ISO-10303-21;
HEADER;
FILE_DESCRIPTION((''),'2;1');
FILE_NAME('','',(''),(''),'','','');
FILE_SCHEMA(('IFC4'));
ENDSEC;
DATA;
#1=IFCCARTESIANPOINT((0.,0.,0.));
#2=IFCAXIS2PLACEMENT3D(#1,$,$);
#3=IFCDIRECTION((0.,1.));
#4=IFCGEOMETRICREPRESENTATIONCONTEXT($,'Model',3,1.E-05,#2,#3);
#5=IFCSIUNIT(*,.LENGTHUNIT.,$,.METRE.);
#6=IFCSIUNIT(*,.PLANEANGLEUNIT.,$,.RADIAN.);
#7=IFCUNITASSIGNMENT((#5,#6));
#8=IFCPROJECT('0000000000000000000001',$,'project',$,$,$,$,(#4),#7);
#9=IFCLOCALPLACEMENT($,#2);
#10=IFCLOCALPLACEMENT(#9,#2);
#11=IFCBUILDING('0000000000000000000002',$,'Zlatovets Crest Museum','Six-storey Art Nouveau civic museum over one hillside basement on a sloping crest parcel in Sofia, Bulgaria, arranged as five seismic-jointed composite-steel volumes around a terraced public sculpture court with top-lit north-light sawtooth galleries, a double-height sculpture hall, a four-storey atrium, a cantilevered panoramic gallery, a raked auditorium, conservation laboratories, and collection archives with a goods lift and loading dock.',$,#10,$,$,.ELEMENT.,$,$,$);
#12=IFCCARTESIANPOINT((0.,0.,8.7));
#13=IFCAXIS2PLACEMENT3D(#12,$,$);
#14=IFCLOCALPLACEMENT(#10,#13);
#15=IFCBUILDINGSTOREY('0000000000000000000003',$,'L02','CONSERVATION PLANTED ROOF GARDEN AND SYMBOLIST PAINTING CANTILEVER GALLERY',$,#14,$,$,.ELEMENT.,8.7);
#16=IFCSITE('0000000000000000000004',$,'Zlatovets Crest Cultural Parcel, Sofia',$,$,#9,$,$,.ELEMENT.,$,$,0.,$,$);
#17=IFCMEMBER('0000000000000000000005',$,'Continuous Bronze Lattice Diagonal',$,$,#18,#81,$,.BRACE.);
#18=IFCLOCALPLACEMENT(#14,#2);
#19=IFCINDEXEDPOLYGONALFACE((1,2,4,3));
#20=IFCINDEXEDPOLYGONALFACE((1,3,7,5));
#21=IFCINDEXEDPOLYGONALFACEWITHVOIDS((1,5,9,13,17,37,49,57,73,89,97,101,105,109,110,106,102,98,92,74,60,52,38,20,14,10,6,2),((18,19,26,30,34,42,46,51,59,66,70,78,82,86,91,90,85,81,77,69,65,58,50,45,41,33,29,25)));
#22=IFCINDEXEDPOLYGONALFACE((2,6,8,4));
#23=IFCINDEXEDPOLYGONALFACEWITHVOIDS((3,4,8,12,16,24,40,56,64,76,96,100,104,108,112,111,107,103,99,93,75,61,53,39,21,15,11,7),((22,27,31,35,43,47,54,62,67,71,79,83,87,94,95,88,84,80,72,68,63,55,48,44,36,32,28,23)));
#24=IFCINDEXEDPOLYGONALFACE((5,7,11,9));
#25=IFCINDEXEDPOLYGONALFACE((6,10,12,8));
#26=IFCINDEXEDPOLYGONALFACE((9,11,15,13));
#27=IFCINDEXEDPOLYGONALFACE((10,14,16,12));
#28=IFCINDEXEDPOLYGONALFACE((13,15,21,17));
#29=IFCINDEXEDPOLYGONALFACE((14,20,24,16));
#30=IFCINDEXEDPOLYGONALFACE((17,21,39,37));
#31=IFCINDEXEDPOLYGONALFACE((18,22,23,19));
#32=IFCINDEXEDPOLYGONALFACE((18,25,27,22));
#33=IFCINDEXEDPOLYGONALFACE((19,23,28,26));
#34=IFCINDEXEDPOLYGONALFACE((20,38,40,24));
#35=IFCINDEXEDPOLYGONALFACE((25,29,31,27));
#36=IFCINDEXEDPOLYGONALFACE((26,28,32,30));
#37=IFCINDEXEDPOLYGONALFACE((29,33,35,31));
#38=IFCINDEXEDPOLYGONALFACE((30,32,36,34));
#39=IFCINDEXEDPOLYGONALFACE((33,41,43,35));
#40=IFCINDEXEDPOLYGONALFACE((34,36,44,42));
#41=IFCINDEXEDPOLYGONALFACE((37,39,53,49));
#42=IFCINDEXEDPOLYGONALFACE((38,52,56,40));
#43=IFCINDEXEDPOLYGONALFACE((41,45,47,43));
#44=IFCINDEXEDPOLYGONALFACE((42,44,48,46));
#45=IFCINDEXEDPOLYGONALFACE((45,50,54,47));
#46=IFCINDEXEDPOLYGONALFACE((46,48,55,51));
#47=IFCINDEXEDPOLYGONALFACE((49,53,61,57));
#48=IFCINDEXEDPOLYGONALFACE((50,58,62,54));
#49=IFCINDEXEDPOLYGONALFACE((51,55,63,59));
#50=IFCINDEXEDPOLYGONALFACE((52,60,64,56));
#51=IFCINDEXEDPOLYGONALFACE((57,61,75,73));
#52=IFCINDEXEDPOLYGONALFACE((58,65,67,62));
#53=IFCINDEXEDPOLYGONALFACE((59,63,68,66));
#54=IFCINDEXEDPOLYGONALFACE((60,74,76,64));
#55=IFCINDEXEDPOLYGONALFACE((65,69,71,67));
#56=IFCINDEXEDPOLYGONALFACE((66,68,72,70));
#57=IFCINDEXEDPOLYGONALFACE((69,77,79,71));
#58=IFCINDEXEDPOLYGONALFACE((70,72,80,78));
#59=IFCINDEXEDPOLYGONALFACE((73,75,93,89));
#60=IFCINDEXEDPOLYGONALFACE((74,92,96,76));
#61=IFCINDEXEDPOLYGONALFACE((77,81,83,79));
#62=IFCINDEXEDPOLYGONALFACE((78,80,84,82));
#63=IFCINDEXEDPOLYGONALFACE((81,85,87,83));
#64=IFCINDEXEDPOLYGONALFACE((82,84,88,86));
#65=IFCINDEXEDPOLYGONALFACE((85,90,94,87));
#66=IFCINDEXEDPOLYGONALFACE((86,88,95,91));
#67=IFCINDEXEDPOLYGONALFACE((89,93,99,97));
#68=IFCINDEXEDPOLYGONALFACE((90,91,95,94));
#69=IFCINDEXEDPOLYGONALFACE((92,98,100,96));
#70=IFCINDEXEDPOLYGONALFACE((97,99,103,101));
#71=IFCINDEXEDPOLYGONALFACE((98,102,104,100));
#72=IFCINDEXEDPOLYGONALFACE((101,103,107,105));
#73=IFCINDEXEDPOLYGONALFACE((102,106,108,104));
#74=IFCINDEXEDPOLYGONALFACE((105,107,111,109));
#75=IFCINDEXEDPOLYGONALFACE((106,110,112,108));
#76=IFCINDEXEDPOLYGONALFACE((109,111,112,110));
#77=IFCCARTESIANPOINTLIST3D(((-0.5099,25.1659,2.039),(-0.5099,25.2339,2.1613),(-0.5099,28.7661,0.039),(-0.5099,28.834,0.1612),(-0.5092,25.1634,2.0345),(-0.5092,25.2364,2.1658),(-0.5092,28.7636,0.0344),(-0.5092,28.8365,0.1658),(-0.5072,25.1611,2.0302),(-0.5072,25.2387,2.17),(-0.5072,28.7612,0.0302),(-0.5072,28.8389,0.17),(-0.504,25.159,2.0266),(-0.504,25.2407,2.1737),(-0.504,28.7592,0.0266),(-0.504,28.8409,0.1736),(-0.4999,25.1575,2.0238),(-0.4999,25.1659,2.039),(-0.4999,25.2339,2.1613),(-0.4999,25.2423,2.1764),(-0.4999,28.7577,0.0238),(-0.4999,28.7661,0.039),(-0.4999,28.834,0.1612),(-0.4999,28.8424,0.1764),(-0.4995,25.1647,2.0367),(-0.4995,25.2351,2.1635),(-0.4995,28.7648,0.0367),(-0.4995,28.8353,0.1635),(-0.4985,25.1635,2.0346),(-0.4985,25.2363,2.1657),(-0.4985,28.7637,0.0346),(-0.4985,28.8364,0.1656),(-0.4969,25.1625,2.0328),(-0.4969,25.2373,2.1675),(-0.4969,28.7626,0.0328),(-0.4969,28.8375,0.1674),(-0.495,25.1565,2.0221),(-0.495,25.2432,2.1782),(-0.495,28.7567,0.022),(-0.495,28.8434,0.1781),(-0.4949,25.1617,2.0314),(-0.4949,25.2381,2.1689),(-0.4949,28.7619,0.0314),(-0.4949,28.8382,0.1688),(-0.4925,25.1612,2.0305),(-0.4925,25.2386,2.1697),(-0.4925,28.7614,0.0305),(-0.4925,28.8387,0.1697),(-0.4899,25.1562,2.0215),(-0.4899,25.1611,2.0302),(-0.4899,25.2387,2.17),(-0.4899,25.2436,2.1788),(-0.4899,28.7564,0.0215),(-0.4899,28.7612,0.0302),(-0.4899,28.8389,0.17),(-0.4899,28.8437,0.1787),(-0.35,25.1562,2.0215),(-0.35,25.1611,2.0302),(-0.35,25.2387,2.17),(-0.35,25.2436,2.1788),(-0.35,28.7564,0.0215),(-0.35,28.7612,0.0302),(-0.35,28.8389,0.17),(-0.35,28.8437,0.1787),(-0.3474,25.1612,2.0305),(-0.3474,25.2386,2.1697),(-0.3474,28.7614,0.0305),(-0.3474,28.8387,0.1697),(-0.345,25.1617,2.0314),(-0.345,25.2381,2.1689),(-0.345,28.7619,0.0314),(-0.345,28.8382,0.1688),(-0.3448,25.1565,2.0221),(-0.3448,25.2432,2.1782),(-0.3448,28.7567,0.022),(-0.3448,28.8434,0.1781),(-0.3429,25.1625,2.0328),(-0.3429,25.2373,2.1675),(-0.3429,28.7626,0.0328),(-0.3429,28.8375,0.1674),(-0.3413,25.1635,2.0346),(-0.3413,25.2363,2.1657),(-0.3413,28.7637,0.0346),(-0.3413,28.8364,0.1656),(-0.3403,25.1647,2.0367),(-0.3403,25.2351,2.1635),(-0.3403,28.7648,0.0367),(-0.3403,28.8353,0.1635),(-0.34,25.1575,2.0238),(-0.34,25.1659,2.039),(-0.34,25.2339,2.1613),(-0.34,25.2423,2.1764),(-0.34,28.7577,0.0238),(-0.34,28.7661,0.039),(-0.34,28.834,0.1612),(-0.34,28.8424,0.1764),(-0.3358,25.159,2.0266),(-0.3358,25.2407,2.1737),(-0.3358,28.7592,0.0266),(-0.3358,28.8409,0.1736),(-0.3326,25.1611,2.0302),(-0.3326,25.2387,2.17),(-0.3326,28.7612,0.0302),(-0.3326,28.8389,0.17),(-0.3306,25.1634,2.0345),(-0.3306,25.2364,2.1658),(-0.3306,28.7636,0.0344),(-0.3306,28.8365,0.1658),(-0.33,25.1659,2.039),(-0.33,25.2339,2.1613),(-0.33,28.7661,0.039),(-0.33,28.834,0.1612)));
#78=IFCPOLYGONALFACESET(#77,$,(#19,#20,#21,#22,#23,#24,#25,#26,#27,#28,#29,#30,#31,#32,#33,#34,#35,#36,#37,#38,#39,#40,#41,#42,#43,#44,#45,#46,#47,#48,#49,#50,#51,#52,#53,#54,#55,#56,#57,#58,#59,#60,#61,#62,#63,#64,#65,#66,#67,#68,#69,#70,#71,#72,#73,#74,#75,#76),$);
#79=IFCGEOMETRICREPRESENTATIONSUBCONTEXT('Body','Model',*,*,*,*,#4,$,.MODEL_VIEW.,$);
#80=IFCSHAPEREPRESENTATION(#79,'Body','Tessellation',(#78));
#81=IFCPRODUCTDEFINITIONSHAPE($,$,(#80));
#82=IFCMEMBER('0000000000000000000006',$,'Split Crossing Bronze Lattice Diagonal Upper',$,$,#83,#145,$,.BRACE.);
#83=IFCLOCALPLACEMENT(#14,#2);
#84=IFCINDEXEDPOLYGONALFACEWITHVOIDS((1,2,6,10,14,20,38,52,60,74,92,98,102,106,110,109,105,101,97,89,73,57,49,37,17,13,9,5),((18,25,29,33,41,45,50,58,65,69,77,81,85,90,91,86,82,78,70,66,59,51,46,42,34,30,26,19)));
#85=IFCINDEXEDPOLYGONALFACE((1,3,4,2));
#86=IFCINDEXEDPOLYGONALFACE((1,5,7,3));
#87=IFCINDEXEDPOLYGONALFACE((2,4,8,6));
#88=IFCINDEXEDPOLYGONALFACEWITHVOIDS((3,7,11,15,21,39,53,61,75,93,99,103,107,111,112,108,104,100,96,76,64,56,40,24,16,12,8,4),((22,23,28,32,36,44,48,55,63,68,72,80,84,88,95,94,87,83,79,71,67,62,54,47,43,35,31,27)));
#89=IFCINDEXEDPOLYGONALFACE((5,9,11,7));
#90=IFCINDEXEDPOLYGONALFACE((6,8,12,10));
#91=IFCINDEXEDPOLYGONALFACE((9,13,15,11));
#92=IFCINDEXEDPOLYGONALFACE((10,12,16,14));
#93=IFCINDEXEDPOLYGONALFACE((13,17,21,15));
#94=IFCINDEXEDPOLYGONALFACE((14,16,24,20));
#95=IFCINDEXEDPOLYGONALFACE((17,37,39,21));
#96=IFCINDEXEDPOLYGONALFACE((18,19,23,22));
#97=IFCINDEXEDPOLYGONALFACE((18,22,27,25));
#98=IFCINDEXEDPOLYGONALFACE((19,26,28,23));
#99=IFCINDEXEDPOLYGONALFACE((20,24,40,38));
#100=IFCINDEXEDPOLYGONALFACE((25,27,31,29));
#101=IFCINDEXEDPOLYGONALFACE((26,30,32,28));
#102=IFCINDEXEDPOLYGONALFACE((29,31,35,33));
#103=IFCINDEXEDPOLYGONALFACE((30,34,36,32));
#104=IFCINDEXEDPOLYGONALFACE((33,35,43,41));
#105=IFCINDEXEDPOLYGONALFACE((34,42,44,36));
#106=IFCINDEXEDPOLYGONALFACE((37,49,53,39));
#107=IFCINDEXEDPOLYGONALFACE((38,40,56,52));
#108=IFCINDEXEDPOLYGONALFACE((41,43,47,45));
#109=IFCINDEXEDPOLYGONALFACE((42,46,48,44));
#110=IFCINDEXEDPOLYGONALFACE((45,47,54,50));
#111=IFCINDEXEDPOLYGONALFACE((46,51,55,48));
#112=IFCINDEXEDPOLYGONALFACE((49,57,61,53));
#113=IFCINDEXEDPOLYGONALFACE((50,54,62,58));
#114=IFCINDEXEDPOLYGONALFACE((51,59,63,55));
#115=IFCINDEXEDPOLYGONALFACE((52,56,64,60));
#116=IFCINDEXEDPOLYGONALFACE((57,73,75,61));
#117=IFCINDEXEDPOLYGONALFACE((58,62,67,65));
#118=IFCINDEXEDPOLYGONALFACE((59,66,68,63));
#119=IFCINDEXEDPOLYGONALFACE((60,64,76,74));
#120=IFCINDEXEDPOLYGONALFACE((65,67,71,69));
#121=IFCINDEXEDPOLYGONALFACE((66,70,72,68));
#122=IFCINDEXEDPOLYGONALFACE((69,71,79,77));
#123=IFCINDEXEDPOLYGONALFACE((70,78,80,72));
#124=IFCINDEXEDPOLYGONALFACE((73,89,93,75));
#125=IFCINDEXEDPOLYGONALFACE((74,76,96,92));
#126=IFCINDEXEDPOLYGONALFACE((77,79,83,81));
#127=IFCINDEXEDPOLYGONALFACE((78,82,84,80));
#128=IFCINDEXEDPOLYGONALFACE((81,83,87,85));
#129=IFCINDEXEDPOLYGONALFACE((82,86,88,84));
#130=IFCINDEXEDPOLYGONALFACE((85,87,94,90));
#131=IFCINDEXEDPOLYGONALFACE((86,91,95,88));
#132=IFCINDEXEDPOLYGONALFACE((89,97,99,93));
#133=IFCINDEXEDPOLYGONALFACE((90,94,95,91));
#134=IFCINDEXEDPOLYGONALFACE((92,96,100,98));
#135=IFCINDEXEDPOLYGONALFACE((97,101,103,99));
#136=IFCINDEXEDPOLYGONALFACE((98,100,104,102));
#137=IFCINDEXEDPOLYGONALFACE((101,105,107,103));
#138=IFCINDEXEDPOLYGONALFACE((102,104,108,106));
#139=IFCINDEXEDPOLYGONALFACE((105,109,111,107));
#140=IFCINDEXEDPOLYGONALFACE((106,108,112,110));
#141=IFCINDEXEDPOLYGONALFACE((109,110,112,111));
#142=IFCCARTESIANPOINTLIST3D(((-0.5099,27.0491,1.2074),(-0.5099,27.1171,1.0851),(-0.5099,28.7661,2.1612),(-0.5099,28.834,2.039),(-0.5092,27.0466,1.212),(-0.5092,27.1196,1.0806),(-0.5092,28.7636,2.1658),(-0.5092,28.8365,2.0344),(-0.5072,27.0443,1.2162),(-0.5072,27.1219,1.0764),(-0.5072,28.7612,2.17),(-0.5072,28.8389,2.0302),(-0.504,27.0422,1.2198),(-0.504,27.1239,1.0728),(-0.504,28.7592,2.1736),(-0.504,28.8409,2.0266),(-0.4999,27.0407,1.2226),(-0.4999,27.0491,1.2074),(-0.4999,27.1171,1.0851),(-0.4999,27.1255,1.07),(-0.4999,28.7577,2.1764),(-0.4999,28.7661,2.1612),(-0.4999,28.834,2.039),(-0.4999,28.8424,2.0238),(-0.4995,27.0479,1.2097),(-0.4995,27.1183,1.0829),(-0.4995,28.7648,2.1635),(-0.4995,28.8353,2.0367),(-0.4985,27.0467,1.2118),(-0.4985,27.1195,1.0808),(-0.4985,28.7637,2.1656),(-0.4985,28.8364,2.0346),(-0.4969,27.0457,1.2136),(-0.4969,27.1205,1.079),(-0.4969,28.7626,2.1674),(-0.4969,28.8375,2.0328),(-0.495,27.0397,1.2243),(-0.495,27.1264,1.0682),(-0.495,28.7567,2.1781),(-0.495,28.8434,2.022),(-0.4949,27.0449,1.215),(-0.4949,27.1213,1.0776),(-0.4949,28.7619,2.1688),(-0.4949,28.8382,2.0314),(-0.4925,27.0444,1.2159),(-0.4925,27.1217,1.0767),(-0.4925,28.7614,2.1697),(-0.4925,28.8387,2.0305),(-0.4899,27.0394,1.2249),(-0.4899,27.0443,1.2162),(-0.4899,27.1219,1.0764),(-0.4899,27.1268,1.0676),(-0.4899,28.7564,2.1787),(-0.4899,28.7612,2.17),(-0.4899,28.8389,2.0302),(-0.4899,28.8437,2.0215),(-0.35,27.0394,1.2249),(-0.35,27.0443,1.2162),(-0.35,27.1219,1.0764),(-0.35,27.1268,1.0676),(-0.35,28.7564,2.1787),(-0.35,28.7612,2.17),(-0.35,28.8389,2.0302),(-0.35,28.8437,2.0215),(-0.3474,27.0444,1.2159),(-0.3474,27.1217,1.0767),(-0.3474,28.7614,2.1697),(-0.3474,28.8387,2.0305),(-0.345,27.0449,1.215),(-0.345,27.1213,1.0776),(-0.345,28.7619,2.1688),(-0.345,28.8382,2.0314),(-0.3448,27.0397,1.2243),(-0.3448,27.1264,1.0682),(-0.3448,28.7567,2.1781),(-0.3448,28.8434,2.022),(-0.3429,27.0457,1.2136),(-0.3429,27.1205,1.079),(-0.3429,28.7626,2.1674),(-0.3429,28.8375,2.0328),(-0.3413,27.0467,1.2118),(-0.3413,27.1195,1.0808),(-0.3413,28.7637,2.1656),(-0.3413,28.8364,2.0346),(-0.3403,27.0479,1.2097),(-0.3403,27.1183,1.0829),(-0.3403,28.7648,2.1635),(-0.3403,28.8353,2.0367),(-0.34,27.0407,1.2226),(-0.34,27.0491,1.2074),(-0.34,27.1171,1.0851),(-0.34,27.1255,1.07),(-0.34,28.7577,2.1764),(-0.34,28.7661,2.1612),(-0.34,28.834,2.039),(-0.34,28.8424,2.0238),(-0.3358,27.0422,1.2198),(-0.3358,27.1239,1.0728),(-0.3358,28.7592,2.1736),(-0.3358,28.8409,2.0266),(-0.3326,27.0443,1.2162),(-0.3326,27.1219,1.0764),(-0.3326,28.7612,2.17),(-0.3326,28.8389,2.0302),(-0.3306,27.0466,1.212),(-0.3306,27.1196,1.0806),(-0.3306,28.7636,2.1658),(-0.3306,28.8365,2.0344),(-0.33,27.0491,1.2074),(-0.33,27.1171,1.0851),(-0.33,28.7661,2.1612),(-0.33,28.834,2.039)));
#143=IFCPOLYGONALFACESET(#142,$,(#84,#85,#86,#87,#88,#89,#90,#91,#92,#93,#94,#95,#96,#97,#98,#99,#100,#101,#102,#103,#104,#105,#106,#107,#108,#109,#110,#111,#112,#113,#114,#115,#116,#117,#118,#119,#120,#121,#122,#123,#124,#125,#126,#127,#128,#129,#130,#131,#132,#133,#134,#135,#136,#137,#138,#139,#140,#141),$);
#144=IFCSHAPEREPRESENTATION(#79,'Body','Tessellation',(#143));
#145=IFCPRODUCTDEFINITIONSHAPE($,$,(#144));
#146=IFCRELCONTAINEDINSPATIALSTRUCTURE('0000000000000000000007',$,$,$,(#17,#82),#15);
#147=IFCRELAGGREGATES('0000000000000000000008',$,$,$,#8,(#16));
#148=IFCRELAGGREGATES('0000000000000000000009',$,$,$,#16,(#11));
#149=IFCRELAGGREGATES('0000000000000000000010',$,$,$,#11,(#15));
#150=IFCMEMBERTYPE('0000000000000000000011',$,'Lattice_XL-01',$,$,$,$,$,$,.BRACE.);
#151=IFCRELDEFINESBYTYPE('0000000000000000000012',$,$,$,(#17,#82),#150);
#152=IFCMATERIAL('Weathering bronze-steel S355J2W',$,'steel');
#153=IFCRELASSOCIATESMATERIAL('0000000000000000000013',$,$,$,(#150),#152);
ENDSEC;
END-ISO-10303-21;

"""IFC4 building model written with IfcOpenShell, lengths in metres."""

from ifc_helpers import new_model, si_unit, direction, frame, origin, origin_2d, place, context, subcontext, project, spatial, hollow_rectangle, extrude, material, material_profile, profile_set, type_object, element, save


model = new_model("IFC4")

# Units and contexts
model_context = context("Model", 3, precision=1e-05, world=origin(), true_north=direction((0.0, 1.0)))
body_context = subcontext(model_context, "Body", "Model", "MODEL_VIEW")
ifc_project = project(units=[si_unit("LENGTHUNIT", "METRE"), si_unit("PLANEANGLEUNIT", "RADIAN")], contexts=[model_context])

# Site, building, storey
site_placement = place(None, origin())
site = spatial("IfcSite", under=ifc_project, at=site_placement, Name="Zlatovets Crest Cultural Parcel, Sofia", CompositionType="ELEMENT", RefElevation=0.0)
building_placement = place(site_placement, origin())
building = spatial("IfcBuilding", under=site, at=building_placement, Name="Zlatovets Crest Museum", Description="Six-storey Art Nouveau civic museum over one hillside basement on a sloping crest parcel in Sofia, Bulgaria, arranged as five seismic-jointed composite-steel volumes around a terraced public sculpture court with top-lit north-light sawtooth galleries, a double-height sculpture hall, a four-storey atrium, a cantilevered panoramic gallery, a raked auditorium, conservation laboratories, and collection archives with a goods lift and loading dock.", CompositionType="ELEMENT")
storey_placement = place(building_placement, frame((0.0, 0.0, 8.7)))
storey = spatial("IfcBuildingStorey", under=building, at=storey_placement, Name="L02", Description="CONSERVATION PLANTED ROOF GARDEN AND SYMBOLIST PAINTING CANTILEVER GALLERY", CompositionType="ELEMENT", Elevation=8.7)

# Members
ifc_material_1 = material(Name="Weathering bronze-steel S355J2W", Category="steel")
ifc_material_profile_1 = material_profile(ifc_material_1, hollow_rectangle(XDim=0.1799, YDim=0.1799, WallThickness=0.01, InnerFilletRadius=0.01, OuterFilletRadius=0.02, at=origin_2d()), Name="SHS 180x180x10.0")
ifc_profile_set_1 = profile_set([ifc_material_profile_1], Name="Weathering bronze-steel S355J2W")
member_type_1 = type_object("IfcMemberType", Name="Lattice_XL-01", PredefinedType="BRACE", material=ifc_profile_set_1)
member_1_placement = place(storey_placement, frame((-0.4199, 28.8, 0.1001), z_axis=(0.0, -0.874163, 0.485633), x_axis=(1.0, 0.0, 0.0)))
element("IfcMember", 1, at=member_1_placement, inside=storey, type_object=member_type_1, Name="Continuous Bronze Lattice Diagonal", PredefinedType="BRACE", context=body_context, shape_type="SweptSolid", body=[
    extrude(hollow_rectangle(XDim=0.1799, YDim=0.1799, WallThickness=0.01, InnerFilletRadius=0.01, OuterFilletRadius=0.02, at=origin_2d()), origin(), (0.0, 0.0, 1.0), 4.1184),
])
for number, where, z_axis, x_axis, name in (
    (2, (-0.4199, 28.8, 2.1001), (0.0, -0.874169, -0.485622), (1.0, 0.0, 0.0), "Split Crossing Bronze Lattice Diagonal Upper"),
):
    element("IfcMember", number, at=place(storey_placement, frame(where, z_axis=z_axis, x_axis=x_axis)), inside=storey, type_object=member_type_1, Name=name, PredefinedType="BRACE", context=body_context, shape_type="SweptSolid", body=[
        extrude(hollow_rectangle(XDim=0.1799, YDim=0.1799, WallThickness=0.01, InnerFilletRadius=0.01, OuterFilletRadius=0.02, at=origin_2d()), origin(), (0.0, 0.0, 1.0), 1.9641),
    ])

save(model, "model.ifc")
